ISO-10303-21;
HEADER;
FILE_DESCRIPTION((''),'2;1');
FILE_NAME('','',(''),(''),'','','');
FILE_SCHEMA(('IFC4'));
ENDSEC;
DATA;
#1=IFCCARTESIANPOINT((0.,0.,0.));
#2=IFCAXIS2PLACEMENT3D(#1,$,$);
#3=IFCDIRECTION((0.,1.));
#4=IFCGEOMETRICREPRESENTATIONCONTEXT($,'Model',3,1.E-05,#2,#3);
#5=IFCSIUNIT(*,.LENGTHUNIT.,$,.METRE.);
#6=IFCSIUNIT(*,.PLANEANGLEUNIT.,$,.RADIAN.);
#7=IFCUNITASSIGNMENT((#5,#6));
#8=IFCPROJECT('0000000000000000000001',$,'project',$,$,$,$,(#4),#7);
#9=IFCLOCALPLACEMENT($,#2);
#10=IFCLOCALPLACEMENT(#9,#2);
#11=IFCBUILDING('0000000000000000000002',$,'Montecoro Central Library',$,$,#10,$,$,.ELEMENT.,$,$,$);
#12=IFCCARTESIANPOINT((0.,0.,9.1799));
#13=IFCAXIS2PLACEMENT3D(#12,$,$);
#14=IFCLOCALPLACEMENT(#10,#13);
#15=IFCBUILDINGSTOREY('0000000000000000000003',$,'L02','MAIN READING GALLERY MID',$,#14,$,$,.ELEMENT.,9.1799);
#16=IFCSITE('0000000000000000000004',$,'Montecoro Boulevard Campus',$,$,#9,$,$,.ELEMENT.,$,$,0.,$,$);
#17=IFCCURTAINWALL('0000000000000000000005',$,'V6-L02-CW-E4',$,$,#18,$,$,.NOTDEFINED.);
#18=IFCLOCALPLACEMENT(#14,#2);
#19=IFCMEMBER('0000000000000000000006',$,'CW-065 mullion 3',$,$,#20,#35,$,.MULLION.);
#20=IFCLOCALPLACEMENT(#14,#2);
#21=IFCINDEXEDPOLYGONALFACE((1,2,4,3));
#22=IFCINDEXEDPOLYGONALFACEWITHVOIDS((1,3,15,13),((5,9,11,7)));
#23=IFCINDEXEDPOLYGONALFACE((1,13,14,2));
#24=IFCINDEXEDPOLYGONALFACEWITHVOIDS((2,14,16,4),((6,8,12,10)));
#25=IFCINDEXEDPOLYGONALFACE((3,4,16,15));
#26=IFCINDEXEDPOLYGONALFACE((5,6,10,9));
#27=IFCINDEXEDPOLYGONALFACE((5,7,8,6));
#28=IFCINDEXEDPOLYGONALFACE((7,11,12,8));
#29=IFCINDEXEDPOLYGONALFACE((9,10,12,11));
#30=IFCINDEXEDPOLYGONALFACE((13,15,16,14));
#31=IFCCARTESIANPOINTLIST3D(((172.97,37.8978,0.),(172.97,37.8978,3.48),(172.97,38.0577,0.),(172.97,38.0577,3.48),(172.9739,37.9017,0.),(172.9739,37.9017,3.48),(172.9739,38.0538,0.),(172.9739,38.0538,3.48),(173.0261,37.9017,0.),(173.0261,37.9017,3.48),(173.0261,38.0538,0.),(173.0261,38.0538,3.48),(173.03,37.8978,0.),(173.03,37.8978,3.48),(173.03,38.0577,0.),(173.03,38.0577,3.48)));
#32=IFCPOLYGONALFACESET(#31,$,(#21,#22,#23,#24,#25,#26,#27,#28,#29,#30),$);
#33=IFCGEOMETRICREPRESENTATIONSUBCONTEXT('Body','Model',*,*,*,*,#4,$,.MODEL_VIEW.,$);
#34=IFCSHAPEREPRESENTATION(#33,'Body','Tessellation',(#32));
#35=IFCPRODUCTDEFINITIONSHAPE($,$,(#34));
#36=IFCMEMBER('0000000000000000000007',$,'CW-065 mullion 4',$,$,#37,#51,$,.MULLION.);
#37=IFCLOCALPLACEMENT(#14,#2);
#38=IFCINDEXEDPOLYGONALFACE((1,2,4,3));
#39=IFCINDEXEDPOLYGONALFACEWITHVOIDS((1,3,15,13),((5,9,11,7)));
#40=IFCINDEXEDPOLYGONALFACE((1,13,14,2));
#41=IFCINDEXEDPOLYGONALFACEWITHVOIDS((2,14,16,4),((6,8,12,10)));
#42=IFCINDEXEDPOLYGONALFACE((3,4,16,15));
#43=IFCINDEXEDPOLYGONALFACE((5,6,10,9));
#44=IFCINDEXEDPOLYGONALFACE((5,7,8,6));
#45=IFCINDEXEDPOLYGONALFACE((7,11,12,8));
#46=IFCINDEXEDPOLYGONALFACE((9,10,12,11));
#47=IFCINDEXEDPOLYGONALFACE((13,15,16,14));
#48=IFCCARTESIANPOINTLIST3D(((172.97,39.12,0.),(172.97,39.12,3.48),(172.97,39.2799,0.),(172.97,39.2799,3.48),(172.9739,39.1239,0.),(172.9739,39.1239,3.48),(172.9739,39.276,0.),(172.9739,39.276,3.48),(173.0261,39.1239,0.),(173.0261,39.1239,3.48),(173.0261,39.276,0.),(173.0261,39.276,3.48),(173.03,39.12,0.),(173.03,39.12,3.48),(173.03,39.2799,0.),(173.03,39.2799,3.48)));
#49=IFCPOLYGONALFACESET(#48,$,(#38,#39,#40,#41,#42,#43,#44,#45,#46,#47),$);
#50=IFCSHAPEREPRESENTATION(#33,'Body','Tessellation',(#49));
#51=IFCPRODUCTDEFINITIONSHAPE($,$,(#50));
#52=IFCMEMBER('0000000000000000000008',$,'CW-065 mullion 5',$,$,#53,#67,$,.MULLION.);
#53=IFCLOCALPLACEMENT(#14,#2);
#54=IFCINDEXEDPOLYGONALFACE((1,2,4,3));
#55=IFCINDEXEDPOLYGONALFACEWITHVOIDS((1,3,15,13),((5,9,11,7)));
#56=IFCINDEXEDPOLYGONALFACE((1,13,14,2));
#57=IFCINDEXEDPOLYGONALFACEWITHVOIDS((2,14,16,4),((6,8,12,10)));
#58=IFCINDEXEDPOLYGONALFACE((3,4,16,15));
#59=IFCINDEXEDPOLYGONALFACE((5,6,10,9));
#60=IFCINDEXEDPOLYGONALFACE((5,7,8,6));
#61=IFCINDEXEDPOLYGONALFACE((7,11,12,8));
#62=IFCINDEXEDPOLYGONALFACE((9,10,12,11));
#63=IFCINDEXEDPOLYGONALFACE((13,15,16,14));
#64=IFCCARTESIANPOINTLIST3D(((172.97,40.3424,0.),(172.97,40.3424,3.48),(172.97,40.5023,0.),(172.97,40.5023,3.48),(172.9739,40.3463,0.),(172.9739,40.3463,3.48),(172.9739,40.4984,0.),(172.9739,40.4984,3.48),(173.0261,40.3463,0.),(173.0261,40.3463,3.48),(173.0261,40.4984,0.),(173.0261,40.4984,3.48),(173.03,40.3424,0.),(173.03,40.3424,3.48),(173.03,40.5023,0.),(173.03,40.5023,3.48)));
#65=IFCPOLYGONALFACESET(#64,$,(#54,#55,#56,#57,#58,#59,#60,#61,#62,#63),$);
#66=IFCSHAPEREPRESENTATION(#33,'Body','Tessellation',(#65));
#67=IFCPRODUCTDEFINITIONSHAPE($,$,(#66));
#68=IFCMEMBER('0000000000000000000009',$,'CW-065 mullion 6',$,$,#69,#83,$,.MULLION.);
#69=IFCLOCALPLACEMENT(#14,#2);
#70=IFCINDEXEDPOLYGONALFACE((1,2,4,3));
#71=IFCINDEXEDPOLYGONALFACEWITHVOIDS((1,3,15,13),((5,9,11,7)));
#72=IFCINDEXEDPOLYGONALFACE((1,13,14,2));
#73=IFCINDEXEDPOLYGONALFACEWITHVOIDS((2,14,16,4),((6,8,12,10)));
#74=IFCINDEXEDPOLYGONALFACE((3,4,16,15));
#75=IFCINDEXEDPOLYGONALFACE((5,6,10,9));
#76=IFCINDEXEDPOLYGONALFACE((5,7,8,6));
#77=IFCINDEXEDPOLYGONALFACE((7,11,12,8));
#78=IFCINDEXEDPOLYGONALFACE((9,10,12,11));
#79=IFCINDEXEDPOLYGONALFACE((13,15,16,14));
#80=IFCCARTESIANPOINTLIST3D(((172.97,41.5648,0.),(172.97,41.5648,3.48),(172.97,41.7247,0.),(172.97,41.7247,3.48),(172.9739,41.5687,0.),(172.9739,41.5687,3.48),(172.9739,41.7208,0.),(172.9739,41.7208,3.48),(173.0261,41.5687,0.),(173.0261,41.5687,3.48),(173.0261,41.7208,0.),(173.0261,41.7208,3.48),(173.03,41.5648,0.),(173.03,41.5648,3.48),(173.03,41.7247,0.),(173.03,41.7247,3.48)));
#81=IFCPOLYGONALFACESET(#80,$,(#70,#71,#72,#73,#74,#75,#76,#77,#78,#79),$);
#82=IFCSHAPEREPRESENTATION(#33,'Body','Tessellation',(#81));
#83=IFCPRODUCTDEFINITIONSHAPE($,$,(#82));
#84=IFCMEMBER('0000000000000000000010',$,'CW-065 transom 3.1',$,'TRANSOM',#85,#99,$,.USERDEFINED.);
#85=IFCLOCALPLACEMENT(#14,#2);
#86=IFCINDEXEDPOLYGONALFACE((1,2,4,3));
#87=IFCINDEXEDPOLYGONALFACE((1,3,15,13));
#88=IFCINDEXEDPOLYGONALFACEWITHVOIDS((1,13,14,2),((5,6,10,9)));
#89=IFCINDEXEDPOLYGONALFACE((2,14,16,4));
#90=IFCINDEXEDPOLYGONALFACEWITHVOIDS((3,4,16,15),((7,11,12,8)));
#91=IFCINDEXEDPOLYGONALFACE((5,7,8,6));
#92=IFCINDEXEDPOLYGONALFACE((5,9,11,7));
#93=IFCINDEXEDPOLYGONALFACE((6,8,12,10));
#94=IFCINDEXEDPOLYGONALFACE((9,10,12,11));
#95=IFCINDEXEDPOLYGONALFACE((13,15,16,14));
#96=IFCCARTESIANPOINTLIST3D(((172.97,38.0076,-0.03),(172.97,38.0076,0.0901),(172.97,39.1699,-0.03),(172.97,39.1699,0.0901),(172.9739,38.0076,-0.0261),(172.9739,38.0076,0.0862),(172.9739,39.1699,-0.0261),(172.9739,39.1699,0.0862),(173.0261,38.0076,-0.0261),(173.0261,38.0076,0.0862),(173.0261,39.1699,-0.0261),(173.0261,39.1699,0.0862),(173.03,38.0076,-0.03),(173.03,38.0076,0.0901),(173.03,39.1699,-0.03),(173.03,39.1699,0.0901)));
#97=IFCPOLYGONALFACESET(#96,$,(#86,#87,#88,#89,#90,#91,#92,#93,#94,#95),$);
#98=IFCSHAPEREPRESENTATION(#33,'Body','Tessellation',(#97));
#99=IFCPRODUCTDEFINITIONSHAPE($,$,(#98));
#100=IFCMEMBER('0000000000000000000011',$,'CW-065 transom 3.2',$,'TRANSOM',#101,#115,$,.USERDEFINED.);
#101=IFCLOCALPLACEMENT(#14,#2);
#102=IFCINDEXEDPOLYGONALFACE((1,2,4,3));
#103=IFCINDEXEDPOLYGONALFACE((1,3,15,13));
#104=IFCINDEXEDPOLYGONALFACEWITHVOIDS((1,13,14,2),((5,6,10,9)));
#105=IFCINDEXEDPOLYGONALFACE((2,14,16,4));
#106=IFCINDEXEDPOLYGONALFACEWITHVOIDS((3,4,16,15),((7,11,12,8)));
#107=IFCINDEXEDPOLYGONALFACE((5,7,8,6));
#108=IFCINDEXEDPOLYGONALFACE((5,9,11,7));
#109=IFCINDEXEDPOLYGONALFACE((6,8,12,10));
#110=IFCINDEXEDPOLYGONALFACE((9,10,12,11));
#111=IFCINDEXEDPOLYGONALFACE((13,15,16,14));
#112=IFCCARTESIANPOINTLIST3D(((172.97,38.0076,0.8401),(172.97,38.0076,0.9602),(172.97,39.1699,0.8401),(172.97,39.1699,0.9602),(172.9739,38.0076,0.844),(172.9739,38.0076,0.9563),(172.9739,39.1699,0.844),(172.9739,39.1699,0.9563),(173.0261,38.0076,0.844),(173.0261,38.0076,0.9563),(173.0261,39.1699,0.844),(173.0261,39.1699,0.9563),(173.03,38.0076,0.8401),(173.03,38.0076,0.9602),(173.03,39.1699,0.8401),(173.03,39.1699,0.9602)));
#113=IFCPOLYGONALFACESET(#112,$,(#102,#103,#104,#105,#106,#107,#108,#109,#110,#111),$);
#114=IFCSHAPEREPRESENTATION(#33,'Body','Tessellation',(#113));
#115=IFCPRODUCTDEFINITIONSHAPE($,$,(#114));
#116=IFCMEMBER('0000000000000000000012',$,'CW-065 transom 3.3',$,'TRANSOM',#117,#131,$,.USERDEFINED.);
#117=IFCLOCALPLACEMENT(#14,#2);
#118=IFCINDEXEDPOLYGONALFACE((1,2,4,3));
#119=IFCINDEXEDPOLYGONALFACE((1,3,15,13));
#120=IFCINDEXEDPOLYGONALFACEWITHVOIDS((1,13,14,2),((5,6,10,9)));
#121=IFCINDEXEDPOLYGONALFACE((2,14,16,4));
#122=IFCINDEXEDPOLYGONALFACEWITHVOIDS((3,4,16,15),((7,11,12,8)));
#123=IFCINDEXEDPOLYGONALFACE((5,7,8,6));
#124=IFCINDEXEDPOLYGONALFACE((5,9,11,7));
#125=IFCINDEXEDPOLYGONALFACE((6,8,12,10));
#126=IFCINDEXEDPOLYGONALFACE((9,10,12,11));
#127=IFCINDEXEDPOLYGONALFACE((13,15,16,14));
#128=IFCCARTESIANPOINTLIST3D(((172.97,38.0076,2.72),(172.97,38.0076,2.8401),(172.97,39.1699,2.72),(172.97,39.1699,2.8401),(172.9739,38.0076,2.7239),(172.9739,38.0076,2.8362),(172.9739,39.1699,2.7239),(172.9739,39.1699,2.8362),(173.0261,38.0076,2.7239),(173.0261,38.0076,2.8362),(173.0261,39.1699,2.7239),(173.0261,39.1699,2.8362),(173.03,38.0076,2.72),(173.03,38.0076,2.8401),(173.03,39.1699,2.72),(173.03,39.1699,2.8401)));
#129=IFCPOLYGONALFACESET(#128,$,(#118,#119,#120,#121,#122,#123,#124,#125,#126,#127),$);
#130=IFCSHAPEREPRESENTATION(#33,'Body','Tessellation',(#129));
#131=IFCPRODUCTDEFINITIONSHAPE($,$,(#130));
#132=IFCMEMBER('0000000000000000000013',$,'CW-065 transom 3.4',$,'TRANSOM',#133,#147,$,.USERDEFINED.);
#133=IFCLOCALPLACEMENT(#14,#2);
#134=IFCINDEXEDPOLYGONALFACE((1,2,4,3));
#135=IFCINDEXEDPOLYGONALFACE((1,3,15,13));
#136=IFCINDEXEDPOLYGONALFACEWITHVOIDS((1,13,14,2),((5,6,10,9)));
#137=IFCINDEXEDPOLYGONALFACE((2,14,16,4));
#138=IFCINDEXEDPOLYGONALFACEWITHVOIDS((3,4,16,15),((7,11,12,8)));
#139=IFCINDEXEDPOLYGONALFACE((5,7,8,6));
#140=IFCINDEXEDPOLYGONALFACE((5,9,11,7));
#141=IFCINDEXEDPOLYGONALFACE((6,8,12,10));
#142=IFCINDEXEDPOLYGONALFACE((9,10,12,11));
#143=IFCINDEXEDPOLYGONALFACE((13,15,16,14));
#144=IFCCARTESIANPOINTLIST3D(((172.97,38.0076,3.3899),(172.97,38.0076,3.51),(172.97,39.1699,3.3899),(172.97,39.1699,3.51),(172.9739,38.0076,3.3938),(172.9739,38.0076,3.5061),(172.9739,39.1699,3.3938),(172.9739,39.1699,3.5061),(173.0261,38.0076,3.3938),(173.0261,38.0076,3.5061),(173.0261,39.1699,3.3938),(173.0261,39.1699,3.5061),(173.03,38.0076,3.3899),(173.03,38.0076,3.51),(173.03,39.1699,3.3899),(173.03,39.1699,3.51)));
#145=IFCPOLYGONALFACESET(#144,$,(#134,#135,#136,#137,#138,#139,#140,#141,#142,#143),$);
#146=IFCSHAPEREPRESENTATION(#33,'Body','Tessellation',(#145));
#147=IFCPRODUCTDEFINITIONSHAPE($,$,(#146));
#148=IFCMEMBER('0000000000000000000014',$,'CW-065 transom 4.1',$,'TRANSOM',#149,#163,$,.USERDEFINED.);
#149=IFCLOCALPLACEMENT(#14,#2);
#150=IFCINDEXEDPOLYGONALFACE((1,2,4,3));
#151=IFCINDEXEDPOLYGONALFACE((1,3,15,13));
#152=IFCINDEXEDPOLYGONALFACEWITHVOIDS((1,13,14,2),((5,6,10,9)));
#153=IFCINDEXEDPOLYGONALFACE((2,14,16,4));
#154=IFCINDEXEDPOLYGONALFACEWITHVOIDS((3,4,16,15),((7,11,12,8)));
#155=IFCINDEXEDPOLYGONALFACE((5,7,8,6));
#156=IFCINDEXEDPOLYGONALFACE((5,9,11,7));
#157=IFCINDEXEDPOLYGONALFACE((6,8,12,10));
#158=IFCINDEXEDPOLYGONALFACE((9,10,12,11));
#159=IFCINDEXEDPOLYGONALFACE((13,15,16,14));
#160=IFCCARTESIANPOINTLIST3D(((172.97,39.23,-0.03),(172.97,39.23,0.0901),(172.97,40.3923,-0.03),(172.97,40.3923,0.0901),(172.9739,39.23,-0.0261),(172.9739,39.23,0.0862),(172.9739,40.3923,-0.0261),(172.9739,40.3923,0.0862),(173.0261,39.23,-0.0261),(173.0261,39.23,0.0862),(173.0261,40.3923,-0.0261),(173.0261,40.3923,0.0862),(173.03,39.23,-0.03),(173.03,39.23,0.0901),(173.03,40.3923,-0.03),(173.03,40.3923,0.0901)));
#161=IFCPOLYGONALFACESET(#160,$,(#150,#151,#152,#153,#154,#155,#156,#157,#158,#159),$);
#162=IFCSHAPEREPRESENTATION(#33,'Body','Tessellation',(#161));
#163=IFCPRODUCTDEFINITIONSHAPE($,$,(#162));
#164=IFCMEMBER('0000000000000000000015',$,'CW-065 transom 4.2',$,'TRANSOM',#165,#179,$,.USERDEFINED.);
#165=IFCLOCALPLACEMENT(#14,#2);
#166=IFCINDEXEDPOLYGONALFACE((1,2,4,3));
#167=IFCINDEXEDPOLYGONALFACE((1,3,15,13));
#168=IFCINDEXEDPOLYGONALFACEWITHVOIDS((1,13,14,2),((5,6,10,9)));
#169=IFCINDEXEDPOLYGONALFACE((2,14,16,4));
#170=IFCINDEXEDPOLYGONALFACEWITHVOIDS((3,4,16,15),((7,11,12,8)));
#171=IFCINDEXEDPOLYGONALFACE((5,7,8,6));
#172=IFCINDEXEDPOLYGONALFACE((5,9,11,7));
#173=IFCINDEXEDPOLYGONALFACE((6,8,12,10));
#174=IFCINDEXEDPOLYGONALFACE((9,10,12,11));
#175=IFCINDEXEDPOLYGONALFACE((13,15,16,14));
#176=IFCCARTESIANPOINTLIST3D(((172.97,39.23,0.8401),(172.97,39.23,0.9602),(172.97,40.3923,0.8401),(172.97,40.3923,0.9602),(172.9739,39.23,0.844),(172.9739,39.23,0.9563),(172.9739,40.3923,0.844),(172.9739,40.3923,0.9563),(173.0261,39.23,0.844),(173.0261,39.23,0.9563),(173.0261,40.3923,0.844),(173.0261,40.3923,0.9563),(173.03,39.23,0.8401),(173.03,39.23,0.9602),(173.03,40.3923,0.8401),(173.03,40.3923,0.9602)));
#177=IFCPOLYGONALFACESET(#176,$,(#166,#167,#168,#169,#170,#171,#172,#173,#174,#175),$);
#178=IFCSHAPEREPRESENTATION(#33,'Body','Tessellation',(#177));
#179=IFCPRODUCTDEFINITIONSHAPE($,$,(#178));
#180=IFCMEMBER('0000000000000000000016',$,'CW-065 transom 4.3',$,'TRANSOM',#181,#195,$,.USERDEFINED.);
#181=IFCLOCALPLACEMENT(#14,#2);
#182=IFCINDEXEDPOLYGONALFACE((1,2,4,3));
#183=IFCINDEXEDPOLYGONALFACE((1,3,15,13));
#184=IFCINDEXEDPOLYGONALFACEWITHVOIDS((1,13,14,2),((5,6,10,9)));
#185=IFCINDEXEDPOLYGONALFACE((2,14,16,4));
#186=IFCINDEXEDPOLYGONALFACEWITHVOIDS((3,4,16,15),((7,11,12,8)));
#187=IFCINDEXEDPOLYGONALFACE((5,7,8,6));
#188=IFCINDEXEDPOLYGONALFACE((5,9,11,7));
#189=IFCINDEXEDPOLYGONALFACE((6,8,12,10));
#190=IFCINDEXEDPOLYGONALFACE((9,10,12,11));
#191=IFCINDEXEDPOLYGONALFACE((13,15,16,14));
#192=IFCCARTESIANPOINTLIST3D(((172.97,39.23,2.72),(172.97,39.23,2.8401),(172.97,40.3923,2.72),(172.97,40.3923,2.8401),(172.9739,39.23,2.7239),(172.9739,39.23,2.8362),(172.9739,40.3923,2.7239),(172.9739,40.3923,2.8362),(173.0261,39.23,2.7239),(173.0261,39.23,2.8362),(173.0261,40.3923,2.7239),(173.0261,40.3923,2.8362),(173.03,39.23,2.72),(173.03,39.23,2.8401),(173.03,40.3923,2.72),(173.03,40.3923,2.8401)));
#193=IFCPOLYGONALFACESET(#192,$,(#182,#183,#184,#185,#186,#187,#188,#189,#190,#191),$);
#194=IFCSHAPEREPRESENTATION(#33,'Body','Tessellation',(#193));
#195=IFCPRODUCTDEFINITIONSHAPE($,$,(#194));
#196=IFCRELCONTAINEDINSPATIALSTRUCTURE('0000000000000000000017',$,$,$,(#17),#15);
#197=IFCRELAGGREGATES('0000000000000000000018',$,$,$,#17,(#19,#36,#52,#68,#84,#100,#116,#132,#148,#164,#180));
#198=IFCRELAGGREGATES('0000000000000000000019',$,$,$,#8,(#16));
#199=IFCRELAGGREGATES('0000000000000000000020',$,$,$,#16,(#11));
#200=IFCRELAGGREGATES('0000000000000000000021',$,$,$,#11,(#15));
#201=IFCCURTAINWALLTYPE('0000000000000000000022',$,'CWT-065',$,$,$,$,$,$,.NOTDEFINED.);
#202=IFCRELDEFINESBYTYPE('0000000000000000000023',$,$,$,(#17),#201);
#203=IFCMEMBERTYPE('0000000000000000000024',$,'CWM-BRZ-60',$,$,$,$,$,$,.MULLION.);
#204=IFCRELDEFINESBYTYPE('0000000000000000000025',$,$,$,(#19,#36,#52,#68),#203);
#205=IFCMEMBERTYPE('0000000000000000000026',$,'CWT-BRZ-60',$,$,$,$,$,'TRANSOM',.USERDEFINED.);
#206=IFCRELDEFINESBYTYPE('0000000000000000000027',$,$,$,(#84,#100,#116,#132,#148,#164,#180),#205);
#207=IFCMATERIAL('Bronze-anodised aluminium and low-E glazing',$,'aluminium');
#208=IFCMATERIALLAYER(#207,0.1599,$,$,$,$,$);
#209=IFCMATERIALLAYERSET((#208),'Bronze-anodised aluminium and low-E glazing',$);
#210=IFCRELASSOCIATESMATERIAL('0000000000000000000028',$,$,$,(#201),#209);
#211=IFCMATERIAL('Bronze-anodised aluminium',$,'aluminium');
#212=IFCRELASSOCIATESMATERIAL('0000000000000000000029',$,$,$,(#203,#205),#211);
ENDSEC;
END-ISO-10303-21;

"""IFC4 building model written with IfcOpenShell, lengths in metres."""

from ifc_helpers import new_model, si_unit, direction, frame, origin, origin_2d, place, context, subcontext, project, spatial, hollow_rectangle, extrude, material, layer, layer_set, material_profile, profile_set, type_object, element, aggregate, save


model = new_model("IFC4")

# Units and contexts
model_context = context("Model", 3, precision=1e-05, world=origin(), true_north=direction((0.0, 1.0)))
body_context = subcontext(model_context, "Body", "Model", "MODEL_VIEW")
ifc_project = project(units=[si_unit("LENGTHUNIT", "METRE"), si_unit("PLANEANGLEUNIT", "RADIAN")], contexts=[model_context])

# Site, building, storey
site_placement = place(None, origin())
site = spatial("IfcSite", under=ifc_project, at=site_placement, Name="Montecoro Boulevard Campus", CompositionType="ELEMENT", RefElevation=0.0)
building_placement = place(site_placement, origin())
building = spatial("IfcBuilding", under=site, at=building_placement, Name="Montecoro Central Library", CompositionType="ELEMENT")
storey_placement = place(building_placement, frame((0.0, 0.0, 9.1799)))
storey = spatial("IfcBuildingStorey", under=building, at=storey_placement, Name="L02", Description="MAIN READING GALLERY MID", CompositionType="ELEMENT", Elevation=9.1799)

# Curtain wall, members
ifc_material_1 = material(Name="Bronze-anodised aluminium and low-E glazing", Category="aluminium")
ifc_layer_1 = layer(ifc_material_1, 0.1599)
ifc_layer_set_1 = layer_set([ifc_layer_1], Name="Bronze-anodised aluminium and low-E glazing")
curtain_wall_type = type_object("IfcCurtainWallType", Name="CWT-065", PredefinedType="NOTDEFINED", material=ifc_layer_set_1)
curtain_wall_placement = place(storey_placement, origin())
curtain_wall = element("IfcCurtainWall", 1, at=curtain_wall_placement, inside=storey, type_object=curtain_wall_type, Name="V6-L02-CW-E4", PredefinedType="NOTDEFINED")
ifc_material_2 = material(Name="Bronze-anodised aluminium", Category="aluminium")
ifc_material_profile_1 = material_profile(ifc_material_2, hollow_rectangle(XDim=0.0601, YDim=0.1599, WallThickness=0.0039, at=origin_2d()), Name="CWM 160x60x4.0")
ifc_profile_set_1 = profile_set([ifc_material_profile_1], Name="Bronze-anodised aluminium")
member_type_1 = type_object("IfcMemberType", Name="CWM-BRZ-60", PredefinedType="MULLION", material=ifc_profile_set_1)
member_1_placement = place(storey_placement, frame((173.0, 37.9778, 0.0), z_axis=(0.0, 0.0, 1.0), x_axis=(-1.0, 0.0, 0.0)))
member_1 = element("IfcMember", 2, at=member_1_placement, type_object=member_type_1, Name="CW-065 mullion 3", PredefinedType="MULLION", context=body_context, shape_type="SweptSolid", body=[
    extrude(hollow_rectangle(XDim=0.0601, YDim=0.1599, WallThickness=0.0039, at=origin_2d()), origin(), (0.0, 0.0, 1.0), 3.48),
])
member_2_placement = place(storey_placement, frame((173.0, 39.2, 0.0), z_axis=(0.0, 0.0, 1.0), x_axis=(-1.0, 0.0, 0.0)))
member_2 = element("IfcMember", 3, at=member_2_placement, type_object=member_type_1, Name="CW-065 mullion 4", PredefinedType="MULLION", context=body_context, shape_type="SweptSolid", body=[
    extrude(hollow_rectangle(XDim=0.0601, YDim=0.1599, WallThickness=0.0039, at=origin_2d()), origin(), (0.0, 0.0, 1.0), 3.48),
])
member_3_placement = place(storey_placement, frame((173.0, 40.4224, 0.0), z_axis=(0.0, 0.0, 1.0), x_axis=(-1.0, 0.0, 0.0)))
member_3 = element("IfcMember", 4, at=member_3_placement, type_object=member_type_1, Name="CW-065 mullion 5", PredefinedType="MULLION", context=body_context, shape_type="SweptSolid", body=[
    extrude(hollow_rectangle(XDim=0.0601, YDim=0.1599, WallThickness=0.0039, at=origin_2d()), origin(), (0.0, 0.0, 1.0), 3.48),
])
member_4_placement = place(storey_placement, frame((173.0, 41.6448, 0.0), z_axis=(0.0, 0.0, 1.0), x_axis=(-1.0, 0.0, 0.0)))
member_4 = element("IfcMember", 5, at=member_4_placement, type_object=member_type_1, Name="CW-065 mullion 6", PredefinedType="MULLION", context=body_context, shape_type="SweptSolid", body=[
    extrude(hollow_rectangle(XDim=0.0601, YDim=0.1599, WallThickness=0.0039, at=origin_2d()), origin(), (0.0, 0.0, 1.0), 3.48),
])
ifc_material_profile_2 = material_profile(ifc_material_2, hollow_rectangle(XDim=0.0601, YDim=0.1201, WallThickness=0.0039, at=origin_2d()), Name="CWT 120x60x4.0")
ifc_profile_set_2 = profile_set([ifc_material_profile_2], Name="Bronze-anodised aluminium")
member_type_2 = type_object("IfcMemberType", Name="CWT-BRZ-60", ElementType="TRANSOM", PredefinedType="USERDEFINED", material=ifc_profile_set_2)
member_5_placement = place(storey_placement, frame((173.0, 38.0076, 0.03), z_axis=(0.0, 1.0, 0.0), x_axis=(-1.0, 0.0, 0.0)))
member_5 = element("IfcMember", 6, at=member_5_placement, type_object=member_type_2, Name="CW-065 transom 3.1", ObjectType="TRANSOM", PredefinedType="USERDEFINED", context=body_context, shape_type="SweptSolid", body=[
    extrude(hollow_rectangle(XDim=0.0601, YDim=0.1201, WallThickness=0.0039, at=origin_2d()), origin(), (0.0, 0.0, 1.0), 1.1624),
])
member_6_placement = place(storey_placement, frame((173.0, 38.0076, 0.9001), z_axis=(0.0, 1.0, 0.0), x_axis=(-1.0, 0.0, 0.0)))
member_6 = element("IfcMember", 7, at=member_6_placement, type_object=member_type_2, Name="CW-065 transom 3.2", ObjectType="TRANSOM", PredefinedType="USERDEFINED", context=body_context, shape_type="SweptSolid", body=[
    extrude(hollow_rectangle(XDim=0.0601, YDim=0.1201, WallThickness=0.0039, at=origin_2d()), origin(), (0.0, 0.0, 1.0), 1.1624),
])
member_7_placement = place(storey_placement, frame((173.0, 38.0076, 2.78), z_axis=(0.0, 1.0, 0.0), x_axis=(-1.0, 0.0, 0.0)))
member_7 = element("IfcMember", 8, at=member_7_placement, type_object=member_type_2, Name="CW-065 transom 3.3", ObjectType="TRANSOM", PredefinedType="USERDEFINED", context=body_context, shape_type="SweptSolid", body=[
    extrude(hollow_rectangle(XDim=0.0601, YDim=0.1201, WallThickness=0.0039, at=origin_2d()), origin(), (0.0, 0.0, 1.0), 1.1624),
])
member_8_placement = place(storey_placement, frame((173.0, 38.0076, 3.45), z_axis=(0.0, 1.0, 0.0), x_axis=(-1.0, 0.0, 0.0)))
member_8 = element("IfcMember", 9, at=member_8_placement, type_object=member_type_2, Name="CW-065 transom 3.4", ObjectType="TRANSOM", PredefinedType="USERDEFINED", context=body_context, shape_type="SweptSolid", body=[
    extrude(hollow_rectangle(XDim=0.0601, YDim=0.1201, WallThickness=0.0039, at=origin_2d()), origin(), (0.0, 0.0, 1.0), 1.1624),
])
member_9_placement = place(storey_placement, frame((173.0, 39.23, 0.03), z_axis=(0.0, 1.0, 0.0), x_axis=(-1.0, 0.0, 0.0)))
member_9 = element("IfcMember", 10, at=member_9_placement, type_object=member_type_2, Name="CW-065 transom 4.1", ObjectType="TRANSOM", PredefinedType="USERDEFINED", context=body_context, shape_type="SweptSolid", body=[
    extrude(hollow_rectangle(XDim=0.0601, YDim=0.1201, WallThickness=0.0039, at=origin_2d()), origin(), (0.0, 0.0, 1.0), 1.1624),
])
member_10_placement = place(storey_placement, frame((173.0, 39.23, 0.9001), z_axis=(0.0, 1.0, 0.0), x_axis=(-1.0, 0.0, 0.0)))
member_10 = element("IfcMember", 11, at=member_10_placement, type_object=member_type_2, Name="CW-065 transom 4.2", ObjectType="TRANSOM", PredefinedType="USERDEFINED", context=body_context, shape_type="SweptSolid", body=[
    extrude(hollow_rectangle(XDim=0.0601, YDim=0.1201, WallThickness=0.0039, at=origin_2d()), origin(), (0.0, 0.0, 1.0), 1.1624),
])
member_11_placement = place(storey_placement, frame((173.0, 39.23, 2.78), z_axis=(0.0, 1.0, 0.0), x_axis=(-1.0, 0.0, 0.0)))
member_11 = element("IfcMember", 12, at=member_11_placement, type_object=member_type_2, Name="CW-065 transom 4.3", ObjectType="TRANSOM", PredefinedType="USERDEFINED", context=body_context, shape_type="SweptSolid", body=[
    extrude(hollow_rectangle(XDim=0.0601, YDim=0.1201, WallThickness=0.0039, at=origin_2d()), origin(), (0.0, 0.0, 1.0), 1.1624),
])
aggregate(curtain_wall, [member_1, member_2, member_3, member_4, member_5, member_6, member_7, member_8, member_9, member_10, member_11])

save(model, "model.ifc")
